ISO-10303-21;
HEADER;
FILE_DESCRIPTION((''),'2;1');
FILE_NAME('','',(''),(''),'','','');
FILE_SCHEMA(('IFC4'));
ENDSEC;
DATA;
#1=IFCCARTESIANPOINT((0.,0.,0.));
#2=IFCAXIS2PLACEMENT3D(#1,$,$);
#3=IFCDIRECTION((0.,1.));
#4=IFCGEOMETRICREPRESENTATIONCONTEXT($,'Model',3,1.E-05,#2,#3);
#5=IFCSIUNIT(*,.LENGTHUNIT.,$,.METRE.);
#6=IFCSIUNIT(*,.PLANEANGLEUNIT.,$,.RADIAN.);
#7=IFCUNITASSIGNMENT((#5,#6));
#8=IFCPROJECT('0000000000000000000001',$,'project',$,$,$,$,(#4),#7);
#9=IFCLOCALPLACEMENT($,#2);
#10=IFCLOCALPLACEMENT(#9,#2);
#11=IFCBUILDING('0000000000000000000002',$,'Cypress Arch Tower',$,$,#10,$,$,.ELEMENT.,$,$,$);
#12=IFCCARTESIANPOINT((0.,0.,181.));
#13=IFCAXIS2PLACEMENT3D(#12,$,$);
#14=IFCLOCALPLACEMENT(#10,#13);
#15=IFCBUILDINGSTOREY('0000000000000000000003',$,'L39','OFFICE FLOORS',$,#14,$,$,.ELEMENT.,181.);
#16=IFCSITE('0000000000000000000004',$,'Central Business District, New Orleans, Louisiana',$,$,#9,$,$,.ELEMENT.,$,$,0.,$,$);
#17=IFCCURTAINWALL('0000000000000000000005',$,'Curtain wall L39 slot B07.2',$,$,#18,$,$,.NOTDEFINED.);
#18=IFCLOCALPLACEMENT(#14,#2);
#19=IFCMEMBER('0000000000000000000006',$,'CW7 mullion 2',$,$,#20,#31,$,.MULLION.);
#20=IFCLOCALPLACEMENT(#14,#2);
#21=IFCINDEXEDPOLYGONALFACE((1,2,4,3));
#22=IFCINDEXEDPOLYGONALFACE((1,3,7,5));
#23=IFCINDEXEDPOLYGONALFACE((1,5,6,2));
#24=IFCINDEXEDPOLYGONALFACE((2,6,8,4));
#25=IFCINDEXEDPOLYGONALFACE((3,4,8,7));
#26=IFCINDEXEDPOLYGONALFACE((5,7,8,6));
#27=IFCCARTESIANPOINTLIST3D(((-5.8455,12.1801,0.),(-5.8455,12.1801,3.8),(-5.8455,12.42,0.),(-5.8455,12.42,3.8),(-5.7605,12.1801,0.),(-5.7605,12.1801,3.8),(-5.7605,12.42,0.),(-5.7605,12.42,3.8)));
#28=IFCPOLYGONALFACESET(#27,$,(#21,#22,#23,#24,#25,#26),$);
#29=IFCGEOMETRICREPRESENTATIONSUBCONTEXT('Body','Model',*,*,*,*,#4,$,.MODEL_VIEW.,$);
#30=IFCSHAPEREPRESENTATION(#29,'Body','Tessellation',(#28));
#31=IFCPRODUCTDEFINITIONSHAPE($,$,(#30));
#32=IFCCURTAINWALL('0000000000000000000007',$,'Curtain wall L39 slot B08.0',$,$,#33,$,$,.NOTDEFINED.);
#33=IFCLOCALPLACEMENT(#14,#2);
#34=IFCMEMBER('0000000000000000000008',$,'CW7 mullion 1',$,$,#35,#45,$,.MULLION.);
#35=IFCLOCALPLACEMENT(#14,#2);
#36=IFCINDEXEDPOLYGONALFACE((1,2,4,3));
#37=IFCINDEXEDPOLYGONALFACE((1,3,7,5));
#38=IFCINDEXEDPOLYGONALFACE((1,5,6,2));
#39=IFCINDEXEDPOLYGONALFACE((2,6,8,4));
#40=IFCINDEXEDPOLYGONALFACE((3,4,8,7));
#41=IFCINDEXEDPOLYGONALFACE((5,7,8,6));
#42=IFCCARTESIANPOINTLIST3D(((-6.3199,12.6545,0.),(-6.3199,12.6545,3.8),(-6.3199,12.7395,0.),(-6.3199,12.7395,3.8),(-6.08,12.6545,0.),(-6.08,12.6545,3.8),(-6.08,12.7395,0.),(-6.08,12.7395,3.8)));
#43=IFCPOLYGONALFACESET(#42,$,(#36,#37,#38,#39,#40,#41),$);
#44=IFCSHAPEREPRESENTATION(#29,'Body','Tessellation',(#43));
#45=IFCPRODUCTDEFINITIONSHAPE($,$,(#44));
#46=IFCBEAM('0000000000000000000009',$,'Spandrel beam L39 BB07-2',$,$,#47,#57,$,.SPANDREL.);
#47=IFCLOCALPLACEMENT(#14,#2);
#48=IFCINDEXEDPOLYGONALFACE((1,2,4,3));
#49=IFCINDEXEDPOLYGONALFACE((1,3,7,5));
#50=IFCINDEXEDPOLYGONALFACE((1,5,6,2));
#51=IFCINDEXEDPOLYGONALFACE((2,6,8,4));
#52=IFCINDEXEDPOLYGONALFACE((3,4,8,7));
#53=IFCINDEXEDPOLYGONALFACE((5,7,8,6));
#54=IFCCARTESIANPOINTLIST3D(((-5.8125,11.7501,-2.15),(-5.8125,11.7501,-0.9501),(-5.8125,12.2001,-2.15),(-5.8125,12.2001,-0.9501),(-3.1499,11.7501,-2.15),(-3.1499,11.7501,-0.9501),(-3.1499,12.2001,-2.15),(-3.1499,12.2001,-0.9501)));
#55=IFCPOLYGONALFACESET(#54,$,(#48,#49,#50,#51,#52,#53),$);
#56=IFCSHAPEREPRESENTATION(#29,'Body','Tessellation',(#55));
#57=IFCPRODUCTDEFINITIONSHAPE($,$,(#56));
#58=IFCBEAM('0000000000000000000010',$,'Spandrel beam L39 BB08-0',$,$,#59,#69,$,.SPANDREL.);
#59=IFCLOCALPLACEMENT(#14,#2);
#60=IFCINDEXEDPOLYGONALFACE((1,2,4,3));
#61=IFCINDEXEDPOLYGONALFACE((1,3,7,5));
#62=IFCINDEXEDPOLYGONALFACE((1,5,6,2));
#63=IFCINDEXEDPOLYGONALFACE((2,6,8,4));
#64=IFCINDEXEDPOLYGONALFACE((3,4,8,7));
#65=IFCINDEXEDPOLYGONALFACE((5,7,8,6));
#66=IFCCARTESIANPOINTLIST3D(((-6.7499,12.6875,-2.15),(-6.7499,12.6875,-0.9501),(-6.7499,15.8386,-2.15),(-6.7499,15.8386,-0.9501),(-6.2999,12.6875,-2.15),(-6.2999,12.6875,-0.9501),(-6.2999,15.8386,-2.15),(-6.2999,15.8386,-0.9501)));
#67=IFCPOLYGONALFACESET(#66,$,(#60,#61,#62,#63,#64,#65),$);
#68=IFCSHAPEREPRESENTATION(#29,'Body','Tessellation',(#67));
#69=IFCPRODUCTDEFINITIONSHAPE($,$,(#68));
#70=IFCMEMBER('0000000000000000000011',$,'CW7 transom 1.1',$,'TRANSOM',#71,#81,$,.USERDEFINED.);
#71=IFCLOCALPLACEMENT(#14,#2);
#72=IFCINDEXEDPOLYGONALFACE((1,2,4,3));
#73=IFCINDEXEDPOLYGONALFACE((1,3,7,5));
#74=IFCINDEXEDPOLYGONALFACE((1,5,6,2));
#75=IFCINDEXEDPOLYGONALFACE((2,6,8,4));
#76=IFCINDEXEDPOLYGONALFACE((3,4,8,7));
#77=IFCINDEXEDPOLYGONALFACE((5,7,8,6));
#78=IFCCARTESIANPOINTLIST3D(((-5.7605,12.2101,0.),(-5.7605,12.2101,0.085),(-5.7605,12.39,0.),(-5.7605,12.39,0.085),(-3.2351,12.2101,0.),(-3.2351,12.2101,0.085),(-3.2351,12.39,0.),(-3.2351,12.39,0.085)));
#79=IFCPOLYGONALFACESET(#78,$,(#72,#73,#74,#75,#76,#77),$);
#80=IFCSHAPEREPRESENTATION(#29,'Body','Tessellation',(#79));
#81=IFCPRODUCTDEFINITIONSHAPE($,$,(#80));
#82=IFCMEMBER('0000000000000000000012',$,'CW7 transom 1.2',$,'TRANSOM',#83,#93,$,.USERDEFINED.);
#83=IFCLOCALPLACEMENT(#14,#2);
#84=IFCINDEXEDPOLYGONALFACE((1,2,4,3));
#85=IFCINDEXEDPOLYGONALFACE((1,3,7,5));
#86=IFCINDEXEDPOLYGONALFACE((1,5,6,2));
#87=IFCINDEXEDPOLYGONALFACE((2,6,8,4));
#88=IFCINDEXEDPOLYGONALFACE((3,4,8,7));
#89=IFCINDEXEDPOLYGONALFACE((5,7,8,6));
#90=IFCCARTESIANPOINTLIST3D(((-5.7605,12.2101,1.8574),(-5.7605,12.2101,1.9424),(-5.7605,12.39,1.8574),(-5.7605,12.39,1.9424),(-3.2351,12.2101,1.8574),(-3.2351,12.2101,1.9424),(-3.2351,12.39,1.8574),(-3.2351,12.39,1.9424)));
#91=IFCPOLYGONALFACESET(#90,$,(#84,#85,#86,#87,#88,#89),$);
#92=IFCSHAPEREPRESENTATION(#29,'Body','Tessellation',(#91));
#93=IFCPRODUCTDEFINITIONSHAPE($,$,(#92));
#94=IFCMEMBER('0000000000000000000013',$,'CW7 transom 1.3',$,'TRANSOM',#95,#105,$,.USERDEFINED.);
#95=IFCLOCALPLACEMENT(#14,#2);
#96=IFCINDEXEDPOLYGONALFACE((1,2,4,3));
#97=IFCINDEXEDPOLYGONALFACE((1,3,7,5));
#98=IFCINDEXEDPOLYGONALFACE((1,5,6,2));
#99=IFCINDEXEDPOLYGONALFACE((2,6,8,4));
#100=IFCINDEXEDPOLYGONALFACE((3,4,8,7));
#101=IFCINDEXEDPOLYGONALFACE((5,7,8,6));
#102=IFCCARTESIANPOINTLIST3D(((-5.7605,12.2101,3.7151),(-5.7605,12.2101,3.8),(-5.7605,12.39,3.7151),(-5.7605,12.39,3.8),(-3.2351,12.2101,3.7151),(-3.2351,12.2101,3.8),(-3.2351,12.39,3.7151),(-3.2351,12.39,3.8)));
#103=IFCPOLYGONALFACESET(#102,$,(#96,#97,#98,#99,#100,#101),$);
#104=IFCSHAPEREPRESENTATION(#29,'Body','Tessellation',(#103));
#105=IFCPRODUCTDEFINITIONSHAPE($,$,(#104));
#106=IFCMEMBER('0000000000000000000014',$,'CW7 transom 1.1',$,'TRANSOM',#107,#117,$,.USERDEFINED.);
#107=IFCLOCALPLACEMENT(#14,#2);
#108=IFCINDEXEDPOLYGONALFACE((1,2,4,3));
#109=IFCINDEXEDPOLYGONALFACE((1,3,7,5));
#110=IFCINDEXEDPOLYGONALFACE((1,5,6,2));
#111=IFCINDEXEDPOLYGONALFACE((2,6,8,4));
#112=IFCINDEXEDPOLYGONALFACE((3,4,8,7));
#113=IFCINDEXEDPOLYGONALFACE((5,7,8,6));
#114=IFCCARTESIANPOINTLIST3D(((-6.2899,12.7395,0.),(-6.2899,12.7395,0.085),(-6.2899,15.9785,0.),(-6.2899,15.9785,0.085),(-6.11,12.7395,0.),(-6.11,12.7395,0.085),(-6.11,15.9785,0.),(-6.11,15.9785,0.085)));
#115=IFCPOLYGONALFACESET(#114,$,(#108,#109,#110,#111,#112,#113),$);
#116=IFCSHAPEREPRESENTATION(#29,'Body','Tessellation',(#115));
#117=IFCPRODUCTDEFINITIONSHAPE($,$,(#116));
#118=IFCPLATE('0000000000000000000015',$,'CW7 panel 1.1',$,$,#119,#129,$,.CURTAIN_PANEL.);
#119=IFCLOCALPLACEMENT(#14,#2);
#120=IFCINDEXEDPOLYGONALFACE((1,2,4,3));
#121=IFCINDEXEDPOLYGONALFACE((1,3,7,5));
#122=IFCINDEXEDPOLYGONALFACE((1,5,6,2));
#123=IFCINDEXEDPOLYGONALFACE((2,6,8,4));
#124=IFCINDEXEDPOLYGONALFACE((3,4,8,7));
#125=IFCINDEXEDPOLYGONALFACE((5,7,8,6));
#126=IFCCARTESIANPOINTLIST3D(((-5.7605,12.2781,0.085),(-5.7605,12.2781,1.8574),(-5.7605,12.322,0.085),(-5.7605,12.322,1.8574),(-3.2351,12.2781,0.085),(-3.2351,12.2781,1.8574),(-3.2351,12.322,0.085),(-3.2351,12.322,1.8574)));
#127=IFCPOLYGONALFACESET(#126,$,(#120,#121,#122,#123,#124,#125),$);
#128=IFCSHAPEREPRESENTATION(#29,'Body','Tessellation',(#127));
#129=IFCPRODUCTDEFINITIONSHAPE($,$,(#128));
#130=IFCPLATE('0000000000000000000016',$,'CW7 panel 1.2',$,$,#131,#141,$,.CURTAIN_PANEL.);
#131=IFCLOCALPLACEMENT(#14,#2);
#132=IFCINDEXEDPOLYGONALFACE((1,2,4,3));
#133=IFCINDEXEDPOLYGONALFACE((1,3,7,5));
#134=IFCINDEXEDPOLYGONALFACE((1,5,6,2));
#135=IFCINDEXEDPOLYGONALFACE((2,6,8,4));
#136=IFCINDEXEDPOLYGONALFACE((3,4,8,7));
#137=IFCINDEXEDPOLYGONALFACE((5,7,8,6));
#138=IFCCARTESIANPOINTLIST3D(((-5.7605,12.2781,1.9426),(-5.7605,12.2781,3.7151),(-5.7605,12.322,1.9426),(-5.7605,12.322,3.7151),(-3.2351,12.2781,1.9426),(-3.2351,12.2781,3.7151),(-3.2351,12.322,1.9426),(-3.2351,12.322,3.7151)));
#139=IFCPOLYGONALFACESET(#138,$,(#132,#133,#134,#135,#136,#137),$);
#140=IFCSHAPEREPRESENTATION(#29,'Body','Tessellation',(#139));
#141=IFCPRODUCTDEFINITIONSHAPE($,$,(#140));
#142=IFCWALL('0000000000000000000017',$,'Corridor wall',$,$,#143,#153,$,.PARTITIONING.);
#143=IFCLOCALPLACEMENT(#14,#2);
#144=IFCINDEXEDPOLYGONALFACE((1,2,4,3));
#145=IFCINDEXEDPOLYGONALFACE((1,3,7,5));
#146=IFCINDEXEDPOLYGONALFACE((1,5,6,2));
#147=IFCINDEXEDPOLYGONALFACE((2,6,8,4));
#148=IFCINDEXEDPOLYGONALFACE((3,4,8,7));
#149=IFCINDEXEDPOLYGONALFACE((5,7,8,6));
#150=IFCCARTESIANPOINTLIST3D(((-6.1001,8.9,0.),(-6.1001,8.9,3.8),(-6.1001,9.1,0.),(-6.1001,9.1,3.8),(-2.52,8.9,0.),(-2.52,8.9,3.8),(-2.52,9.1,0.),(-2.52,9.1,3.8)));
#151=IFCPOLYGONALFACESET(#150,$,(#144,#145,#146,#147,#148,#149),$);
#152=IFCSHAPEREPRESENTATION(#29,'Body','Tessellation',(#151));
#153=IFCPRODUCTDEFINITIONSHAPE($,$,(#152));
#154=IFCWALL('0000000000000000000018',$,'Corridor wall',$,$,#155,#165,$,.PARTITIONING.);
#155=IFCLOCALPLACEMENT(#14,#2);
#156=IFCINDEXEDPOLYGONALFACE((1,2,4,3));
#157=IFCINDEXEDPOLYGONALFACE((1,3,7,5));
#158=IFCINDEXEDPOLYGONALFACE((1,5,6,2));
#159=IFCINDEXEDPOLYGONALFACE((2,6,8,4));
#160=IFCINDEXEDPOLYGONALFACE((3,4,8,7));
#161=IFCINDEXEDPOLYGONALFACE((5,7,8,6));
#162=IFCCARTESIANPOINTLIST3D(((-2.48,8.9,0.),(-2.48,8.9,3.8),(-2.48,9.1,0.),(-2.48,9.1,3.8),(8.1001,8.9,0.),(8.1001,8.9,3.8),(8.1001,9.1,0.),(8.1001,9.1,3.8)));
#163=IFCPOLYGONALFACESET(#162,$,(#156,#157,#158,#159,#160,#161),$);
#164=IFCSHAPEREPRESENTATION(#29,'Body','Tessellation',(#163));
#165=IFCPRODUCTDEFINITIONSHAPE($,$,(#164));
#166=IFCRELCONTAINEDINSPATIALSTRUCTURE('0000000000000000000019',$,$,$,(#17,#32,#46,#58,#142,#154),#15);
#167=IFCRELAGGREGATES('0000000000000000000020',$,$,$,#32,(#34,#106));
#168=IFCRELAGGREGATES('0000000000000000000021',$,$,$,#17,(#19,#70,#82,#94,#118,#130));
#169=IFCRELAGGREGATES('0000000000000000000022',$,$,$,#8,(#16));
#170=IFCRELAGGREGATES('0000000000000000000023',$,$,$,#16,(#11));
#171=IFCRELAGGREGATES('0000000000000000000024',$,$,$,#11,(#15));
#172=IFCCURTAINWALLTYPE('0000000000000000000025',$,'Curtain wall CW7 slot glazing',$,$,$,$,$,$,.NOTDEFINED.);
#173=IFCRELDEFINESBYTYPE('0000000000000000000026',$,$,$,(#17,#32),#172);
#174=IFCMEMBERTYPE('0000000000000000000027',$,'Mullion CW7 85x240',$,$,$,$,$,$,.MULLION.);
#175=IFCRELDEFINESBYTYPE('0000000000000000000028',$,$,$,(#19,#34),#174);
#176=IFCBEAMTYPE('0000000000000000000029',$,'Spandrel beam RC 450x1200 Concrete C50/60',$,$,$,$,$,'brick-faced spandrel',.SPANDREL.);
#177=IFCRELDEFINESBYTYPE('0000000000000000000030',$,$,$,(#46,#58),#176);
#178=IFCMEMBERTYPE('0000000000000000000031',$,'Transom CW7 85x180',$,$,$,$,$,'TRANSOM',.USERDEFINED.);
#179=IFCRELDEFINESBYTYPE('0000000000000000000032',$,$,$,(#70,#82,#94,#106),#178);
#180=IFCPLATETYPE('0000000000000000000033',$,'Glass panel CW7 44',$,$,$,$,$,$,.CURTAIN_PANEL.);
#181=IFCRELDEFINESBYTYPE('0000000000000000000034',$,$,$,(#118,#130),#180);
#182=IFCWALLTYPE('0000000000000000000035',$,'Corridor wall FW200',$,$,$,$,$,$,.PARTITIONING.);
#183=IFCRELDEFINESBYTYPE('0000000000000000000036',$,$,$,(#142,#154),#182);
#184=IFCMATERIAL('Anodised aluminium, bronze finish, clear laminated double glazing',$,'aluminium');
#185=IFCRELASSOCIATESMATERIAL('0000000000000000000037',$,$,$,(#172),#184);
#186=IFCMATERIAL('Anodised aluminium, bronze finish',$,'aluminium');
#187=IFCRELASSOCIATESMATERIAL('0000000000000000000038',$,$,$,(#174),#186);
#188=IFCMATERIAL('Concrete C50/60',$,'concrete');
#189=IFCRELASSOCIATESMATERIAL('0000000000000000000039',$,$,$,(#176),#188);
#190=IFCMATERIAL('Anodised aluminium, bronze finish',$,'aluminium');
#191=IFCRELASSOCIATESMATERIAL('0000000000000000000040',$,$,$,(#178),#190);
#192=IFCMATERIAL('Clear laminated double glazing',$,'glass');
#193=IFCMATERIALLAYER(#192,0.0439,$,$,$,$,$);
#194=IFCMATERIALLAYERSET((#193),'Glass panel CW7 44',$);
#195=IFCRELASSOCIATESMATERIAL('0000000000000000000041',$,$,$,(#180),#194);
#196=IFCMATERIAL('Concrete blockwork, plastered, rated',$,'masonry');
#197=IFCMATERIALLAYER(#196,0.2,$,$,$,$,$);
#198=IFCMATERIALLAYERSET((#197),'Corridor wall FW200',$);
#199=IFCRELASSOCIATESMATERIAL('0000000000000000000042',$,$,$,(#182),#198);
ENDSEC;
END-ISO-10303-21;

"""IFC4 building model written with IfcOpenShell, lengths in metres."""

from ifc_helpers import new_model, si_unit, direction, frame, frame_2d, origin, origin_2d, place, context, subcontext, project, spatial, rectangle, extrude, material, layer, layer_set, material_profile, profile_set, type_object, element, aggregate, save


model = new_model("IFC4")

# Units and contexts
model_context = context("Model", 3, precision=1e-05, world=origin(), true_north=direction((0.0, 1.0)))
body_context = subcontext(model_context, "Body", "Model", "MODEL_VIEW")
ifc_project = project(units=[si_unit("LENGTHUNIT", "METRE"), si_unit("PLANEANGLEUNIT", "RADIAN")], contexts=[model_context])

# Site, building, storey
site_placement = place(None, origin())
site = spatial("IfcSite", under=ifc_project, at=site_placement, Name="Central Business District, New Orleans, Louisiana", CompositionType="ELEMENT", RefElevation=0.0)
building_placement = place(site_placement, origin())
building = spatial("IfcBuilding", under=site, at=building_placement, Name="Cypress Arch Tower", CompositionType="ELEMENT")
storey_placement = place(building_placement, frame((0.0, 0.0, 181.0)))
storey = spatial("IfcBuildingStorey", under=building, at=storey_placement, Name="L39", Description="OFFICE FLOORS", CompositionType="ELEMENT", Elevation=181.0)

# Shared definitions
ifc_material_1 = material(Name="Anodised aluminium, bronze finish, clear laminated double glazing", Category="aluminium")
curtain_wall_type = type_object("IfcCurtainWallType", Name="Curtain wall CW7 slot glazing", PredefinedType="NOTDEFINED", material=ifc_material_1)
ifc_material_2 = material(Name="Anodised aluminium, bronze finish", Category="aluminium")
ifc_material_profile_1 = material_profile(ifc_material_2, rectangle(XDim=0.24, YDim=0.085, at=origin_2d()), Name="Mullion 85x240")
ifc_profile_set_1 = profile_set([ifc_material_profile_1], Name="Anodised aluminium, bronze finish")
member_type_1 = type_object("IfcMemberType", Name="Mullion CW7 85x240", PredefinedType="MULLION", material=ifc_profile_set_1)

# Curtain wall, member
curtain_wall_1_placement = place(storey_placement, origin())
curtain_wall_1 = element("IfcCurtainWall", 1, at=curtain_wall_1_placement, inside=storey, type_object=curtain_wall_type, Name="Curtain wall L39 slot B07.2", PredefinedType="NOTDEFINED")
member_1_placement = place(storey_placement, frame((-5.803, 12.3, 0.0), z_axis=(0.0, 0.0, 1.0), x_axis=(0.0, -1.0, 0.0)))
member_1 = element("IfcMember", 2, at=member_1_placement, type_object=member_type_1, Name="CW7 mullion 2", PredefinedType="MULLION", context=body_context, shape_type="SweptSolid", body=[
    extrude(rectangle(XDim=0.24, YDim=0.085, at=origin_2d()), origin(), (0.0, 0.0, 1.0), 3.8),
])

# Curtain wall, member
curtain_wall_2_placement = place(storey_placement, origin())
curtain_wall_2 = element("IfcCurtainWall", 3, at=curtain_wall_2_placement, inside=storey, type_object=curtain_wall_type, Name="Curtain wall L39 slot B08.0", PredefinedType="NOTDEFINED")
member_2_placement = place(storey_placement, frame((-6.2, 12.697, 0.0), z_axis=(0.0, 0.0, 1.0), x_axis=(-1.0, 0.0, 0.0)))
member_2 = element("IfcMember", 4, at=member_2_placement, type_object=member_type_1, Name="CW7 mullion 1", PredefinedType="MULLION", context=body_context, shape_type="SweptSolid", body=[
    extrude(rectangle(XDim=0.24, YDim=0.085, at=origin_2d()), origin(), (0.0, 0.0, 1.0), 3.8),
])

# Beams
ifc_material_3 = material(Name="Concrete C50/60", Category="concrete")
ifc_material_profile_2 = material_profile(ifc_material_3, rectangle(XDim=0.45, YDim=1.2, at=origin_2d()), Name="RC 450x1200")
ifc_profile_set_2 = profile_set([ifc_material_profile_2], Name="Concrete C50/60")
beam_type_1 = type_object("IfcBeamType", Name="Spandrel beam RC 450x1200 Concrete C50/60", ElementType="brick-faced spandrel", PredefinedType="SPANDREL", material=ifc_profile_set_2)
beam_1_placement = place(storey_placement, frame((-3.1499, 11.9751, -1.55), z_axis=(-1.0, 0.0, 0.0), x_axis=(0.0, -1.0, 0.0)))
element("IfcBeam", 5, at=beam_1_placement, inside=storey, type_object=beam_type_1, Name="Spandrel beam L39 BB07-2", PredefinedType="SPANDREL", context=body_context, shape_type="SweptSolid", body=[
    extrude(rectangle(XDim=0.45, YDim=1.2, at=origin_2d()), origin(), (0.0, 0.0, 1.0), 2.6626),
])
beam_2_placement = place(storey_placement, frame((-6.5249, 12.6875, -1.55), z_axis=(0.0, 1.0, 0.0), x_axis=(-1.0, 0.0, 0.0)))
element("IfcBeam", 6, at=beam_2_placement, inside=storey, type_object=beam_type_1, Name="Spandrel beam L39 BB08-0", PredefinedType="SPANDREL", context=body_context, shape_type="SweptSolid", body=[
    extrude(rectangle(XDim=0.45, YDim=1.2, at=origin_2d()), origin(), (0.0, 0.0, 1.0), 3.1511),
])

# Members
ifc_material_4 = material(Name="Anodised aluminium, bronze finish", Category="aluminium")
ifc_material_profile_3 = material_profile(ifc_material_4, rectangle(XDim=0.1799, YDim=0.085, at=origin_2d()), Name="Transom 85x180")
ifc_profile_set_3 = profile_set([ifc_material_profile_3], Name="Anodised aluminium, bronze finish")
member_type_2 = type_object("IfcMemberType", Name="Transom CW7 85x180", ElementType="TRANSOM", PredefinedType="USERDEFINED", material=ifc_profile_set_3)
member_3_placement = place(storey_placement, frame((-3.2351, 12.3, 0.0425), z_axis=(-1.0, 0.0, 0.0), x_axis=(0.0, -1.0, 0.0)))
member_3 = element("IfcMember", 7, at=member_3_placement, type_object=member_type_2, Name="CW7 transom 1.1", ObjectType="TRANSOM", PredefinedType="USERDEFINED", context=body_context, shape_type="SweptSolid", body=[
    extrude(rectangle(XDim=0.1799, YDim=0.085, at=origin_2d()), origin(), (0.0, 0.0, 1.0), 2.5254),
])
member_4_placement = place(storey_placement, frame((-3.2351, 12.3, 1.8999), z_axis=(-1.0, 0.0, 0.0), x_axis=(0.0, -1.0, 0.0)))
member_4 = element("IfcMember", 8, at=member_4_placement, type_object=member_type_2, Name="CW7 transom 1.2", ObjectType="TRANSOM", PredefinedType="USERDEFINED", context=body_context, shape_type="SweptSolid", body=[
    extrude(rectangle(XDim=0.1799, YDim=0.085, at=origin_2d()), origin(), (0.0, 0.0, 1.0), 2.5254),
])
member_5_placement = place(storey_placement, frame((-3.2351, 12.3, 3.7576), z_axis=(-1.0, 0.0, 0.0), x_axis=(0.0, -1.0, 0.0)))
member_5 = element("IfcMember", 9, at=member_5_placement, type_object=member_type_2, Name="CW7 transom 1.3", ObjectType="TRANSOM", PredefinedType="USERDEFINED", context=body_context, shape_type="SweptSolid", body=[
    extrude(rectangle(XDim=0.1799, YDim=0.085, at=origin_2d()), origin(), (0.0, 0.0, 1.0), 2.5254),
])
member_6_placement = place(storey_placement, frame((-6.2, 12.7395, 0.0425), z_axis=(0.0, 1.0, 0.0), x_axis=(-1.0, 0.0, 0.0)))
member_6 = element("IfcMember", 10, at=member_6_placement, type_object=member_type_2, Name="CW7 transom 1.1", ObjectType="TRANSOM", PredefinedType="USERDEFINED", context=body_context, shape_type="SweptSolid", body=[
    extrude(rectangle(XDim=0.1799, YDim=0.085, at=origin_2d()), origin(), (0.0, 0.0, 1.0), 3.239),
])
aggregate(curtain_wall_2, [member_2, member_6])

# Plates
ifc_material_5 = material(Name="Clear laminated double glazing", Category="glass")
ifc_layer_1 = layer(ifc_material_5, 0.0439)
ifc_layer_set_1 = layer_set([ifc_layer_1], Name="Glass panel CW7 44")
plate_type = type_object("IfcPlateType", Name="Glass panel CW7 44", PredefinedType="CURTAIN_PANEL", material=ifc_layer_set_1)
plate_1_placement = place(storey_placement, frame((-4.4978, 12.3, 0.085), z_axis=(0.0, 0.0, 1.0), x_axis=(-1.0, 0.0, 0.0)))
plate_1 = element("IfcPlate", 11, at=plate_1_placement, type_object=plate_type, Name="CW7 panel 1.1", PredefinedType="CURTAIN_PANEL", context=body_context, shape_type="SweptSolid", body=[
    extrude(rectangle(XDim=2.5254, YDim=0.0439, at=origin_2d()), origin(), (0.0, 0.0, 1.0), 1.7725),
])
plate_2_placement = place(storey_placement, frame((-4.4978, 12.3, 1.9426), z_axis=(0.0, 0.0, 1.0), x_axis=(-1.0, 0.0, 0.0)))
plate_2 = element("IfcPlate", 12, at=plate_2_placement, type_object=plate_type, Name="CW7 panel 1.2", PredefinedType="CURTAIN_PANEL", context=body_context, shape_type="SweptSolid", body=[
    extrude(rectangle(XDim=2.5254, YDim=0.0439, at=origin_2d()), origin(), (0.0, 0.0, 1.0), 1.7725),
])
aggregate(curtain_wall_1, [member_1, member_3, member_4, member_5, plate_1, plate_2])

# Shared definitions
ifc_material_6 = material(Name="Concrete blockwork, plastered, rated", Category="masonry")
ifc_layer_2 = layer(ifc_material_6, 0.2)
ifc_layer_set_2 = layer_set([ifc_layer_2], Name="Corridor wall FW200")
wall_type = type_object("IfcWallType", Name="Corridor wall FW200", PredefinedType="PARTITIONING", material=ifc_layer_set_2)

# Walls
wall_1_placement = place(storey_placement, frame((-6.1001, 9.0, 0.0), z_axis=(0.0, 0.0, 1.0), x_axis=(1.0, 0.0, 0.0)))
element("IfcWall", 13, at=wall_1_placement, inside=storey, type_object=wall_type, Name="Corridor wall", PredefinedType="PARTITIONING", context=body_context, shape_type="SweptSolid", body=[
    extrude(rectangle(XDim=3.5801, YDim=0.2, at=frame_2d((1.79, 0.0))), origin(), (0.0, 0.0, 1.0), 3.8),
])
wall_2_placement = place(storey_placement, frame((-2.48, 9.0, 0.0), z_axis=(0.0, 0.0, 1.0), x_axis=(1.0, 0.0, 0.0)))
element("IfcWall", 14, at=wall_2_placement, inside=storey, type_object=wall_type, Name="Corridor wall", PredefinedType="PARTITIONING", context=body_context, shape_type="SweptSolid", body=[
    extrude(rectangle(XDim=10.5801, YDim=0.2, at=frame_2d((5.29, 0.0))), origin(), (0.0, 0.0, 1.0), 3.8),
])

save(model, "model.ifc")
